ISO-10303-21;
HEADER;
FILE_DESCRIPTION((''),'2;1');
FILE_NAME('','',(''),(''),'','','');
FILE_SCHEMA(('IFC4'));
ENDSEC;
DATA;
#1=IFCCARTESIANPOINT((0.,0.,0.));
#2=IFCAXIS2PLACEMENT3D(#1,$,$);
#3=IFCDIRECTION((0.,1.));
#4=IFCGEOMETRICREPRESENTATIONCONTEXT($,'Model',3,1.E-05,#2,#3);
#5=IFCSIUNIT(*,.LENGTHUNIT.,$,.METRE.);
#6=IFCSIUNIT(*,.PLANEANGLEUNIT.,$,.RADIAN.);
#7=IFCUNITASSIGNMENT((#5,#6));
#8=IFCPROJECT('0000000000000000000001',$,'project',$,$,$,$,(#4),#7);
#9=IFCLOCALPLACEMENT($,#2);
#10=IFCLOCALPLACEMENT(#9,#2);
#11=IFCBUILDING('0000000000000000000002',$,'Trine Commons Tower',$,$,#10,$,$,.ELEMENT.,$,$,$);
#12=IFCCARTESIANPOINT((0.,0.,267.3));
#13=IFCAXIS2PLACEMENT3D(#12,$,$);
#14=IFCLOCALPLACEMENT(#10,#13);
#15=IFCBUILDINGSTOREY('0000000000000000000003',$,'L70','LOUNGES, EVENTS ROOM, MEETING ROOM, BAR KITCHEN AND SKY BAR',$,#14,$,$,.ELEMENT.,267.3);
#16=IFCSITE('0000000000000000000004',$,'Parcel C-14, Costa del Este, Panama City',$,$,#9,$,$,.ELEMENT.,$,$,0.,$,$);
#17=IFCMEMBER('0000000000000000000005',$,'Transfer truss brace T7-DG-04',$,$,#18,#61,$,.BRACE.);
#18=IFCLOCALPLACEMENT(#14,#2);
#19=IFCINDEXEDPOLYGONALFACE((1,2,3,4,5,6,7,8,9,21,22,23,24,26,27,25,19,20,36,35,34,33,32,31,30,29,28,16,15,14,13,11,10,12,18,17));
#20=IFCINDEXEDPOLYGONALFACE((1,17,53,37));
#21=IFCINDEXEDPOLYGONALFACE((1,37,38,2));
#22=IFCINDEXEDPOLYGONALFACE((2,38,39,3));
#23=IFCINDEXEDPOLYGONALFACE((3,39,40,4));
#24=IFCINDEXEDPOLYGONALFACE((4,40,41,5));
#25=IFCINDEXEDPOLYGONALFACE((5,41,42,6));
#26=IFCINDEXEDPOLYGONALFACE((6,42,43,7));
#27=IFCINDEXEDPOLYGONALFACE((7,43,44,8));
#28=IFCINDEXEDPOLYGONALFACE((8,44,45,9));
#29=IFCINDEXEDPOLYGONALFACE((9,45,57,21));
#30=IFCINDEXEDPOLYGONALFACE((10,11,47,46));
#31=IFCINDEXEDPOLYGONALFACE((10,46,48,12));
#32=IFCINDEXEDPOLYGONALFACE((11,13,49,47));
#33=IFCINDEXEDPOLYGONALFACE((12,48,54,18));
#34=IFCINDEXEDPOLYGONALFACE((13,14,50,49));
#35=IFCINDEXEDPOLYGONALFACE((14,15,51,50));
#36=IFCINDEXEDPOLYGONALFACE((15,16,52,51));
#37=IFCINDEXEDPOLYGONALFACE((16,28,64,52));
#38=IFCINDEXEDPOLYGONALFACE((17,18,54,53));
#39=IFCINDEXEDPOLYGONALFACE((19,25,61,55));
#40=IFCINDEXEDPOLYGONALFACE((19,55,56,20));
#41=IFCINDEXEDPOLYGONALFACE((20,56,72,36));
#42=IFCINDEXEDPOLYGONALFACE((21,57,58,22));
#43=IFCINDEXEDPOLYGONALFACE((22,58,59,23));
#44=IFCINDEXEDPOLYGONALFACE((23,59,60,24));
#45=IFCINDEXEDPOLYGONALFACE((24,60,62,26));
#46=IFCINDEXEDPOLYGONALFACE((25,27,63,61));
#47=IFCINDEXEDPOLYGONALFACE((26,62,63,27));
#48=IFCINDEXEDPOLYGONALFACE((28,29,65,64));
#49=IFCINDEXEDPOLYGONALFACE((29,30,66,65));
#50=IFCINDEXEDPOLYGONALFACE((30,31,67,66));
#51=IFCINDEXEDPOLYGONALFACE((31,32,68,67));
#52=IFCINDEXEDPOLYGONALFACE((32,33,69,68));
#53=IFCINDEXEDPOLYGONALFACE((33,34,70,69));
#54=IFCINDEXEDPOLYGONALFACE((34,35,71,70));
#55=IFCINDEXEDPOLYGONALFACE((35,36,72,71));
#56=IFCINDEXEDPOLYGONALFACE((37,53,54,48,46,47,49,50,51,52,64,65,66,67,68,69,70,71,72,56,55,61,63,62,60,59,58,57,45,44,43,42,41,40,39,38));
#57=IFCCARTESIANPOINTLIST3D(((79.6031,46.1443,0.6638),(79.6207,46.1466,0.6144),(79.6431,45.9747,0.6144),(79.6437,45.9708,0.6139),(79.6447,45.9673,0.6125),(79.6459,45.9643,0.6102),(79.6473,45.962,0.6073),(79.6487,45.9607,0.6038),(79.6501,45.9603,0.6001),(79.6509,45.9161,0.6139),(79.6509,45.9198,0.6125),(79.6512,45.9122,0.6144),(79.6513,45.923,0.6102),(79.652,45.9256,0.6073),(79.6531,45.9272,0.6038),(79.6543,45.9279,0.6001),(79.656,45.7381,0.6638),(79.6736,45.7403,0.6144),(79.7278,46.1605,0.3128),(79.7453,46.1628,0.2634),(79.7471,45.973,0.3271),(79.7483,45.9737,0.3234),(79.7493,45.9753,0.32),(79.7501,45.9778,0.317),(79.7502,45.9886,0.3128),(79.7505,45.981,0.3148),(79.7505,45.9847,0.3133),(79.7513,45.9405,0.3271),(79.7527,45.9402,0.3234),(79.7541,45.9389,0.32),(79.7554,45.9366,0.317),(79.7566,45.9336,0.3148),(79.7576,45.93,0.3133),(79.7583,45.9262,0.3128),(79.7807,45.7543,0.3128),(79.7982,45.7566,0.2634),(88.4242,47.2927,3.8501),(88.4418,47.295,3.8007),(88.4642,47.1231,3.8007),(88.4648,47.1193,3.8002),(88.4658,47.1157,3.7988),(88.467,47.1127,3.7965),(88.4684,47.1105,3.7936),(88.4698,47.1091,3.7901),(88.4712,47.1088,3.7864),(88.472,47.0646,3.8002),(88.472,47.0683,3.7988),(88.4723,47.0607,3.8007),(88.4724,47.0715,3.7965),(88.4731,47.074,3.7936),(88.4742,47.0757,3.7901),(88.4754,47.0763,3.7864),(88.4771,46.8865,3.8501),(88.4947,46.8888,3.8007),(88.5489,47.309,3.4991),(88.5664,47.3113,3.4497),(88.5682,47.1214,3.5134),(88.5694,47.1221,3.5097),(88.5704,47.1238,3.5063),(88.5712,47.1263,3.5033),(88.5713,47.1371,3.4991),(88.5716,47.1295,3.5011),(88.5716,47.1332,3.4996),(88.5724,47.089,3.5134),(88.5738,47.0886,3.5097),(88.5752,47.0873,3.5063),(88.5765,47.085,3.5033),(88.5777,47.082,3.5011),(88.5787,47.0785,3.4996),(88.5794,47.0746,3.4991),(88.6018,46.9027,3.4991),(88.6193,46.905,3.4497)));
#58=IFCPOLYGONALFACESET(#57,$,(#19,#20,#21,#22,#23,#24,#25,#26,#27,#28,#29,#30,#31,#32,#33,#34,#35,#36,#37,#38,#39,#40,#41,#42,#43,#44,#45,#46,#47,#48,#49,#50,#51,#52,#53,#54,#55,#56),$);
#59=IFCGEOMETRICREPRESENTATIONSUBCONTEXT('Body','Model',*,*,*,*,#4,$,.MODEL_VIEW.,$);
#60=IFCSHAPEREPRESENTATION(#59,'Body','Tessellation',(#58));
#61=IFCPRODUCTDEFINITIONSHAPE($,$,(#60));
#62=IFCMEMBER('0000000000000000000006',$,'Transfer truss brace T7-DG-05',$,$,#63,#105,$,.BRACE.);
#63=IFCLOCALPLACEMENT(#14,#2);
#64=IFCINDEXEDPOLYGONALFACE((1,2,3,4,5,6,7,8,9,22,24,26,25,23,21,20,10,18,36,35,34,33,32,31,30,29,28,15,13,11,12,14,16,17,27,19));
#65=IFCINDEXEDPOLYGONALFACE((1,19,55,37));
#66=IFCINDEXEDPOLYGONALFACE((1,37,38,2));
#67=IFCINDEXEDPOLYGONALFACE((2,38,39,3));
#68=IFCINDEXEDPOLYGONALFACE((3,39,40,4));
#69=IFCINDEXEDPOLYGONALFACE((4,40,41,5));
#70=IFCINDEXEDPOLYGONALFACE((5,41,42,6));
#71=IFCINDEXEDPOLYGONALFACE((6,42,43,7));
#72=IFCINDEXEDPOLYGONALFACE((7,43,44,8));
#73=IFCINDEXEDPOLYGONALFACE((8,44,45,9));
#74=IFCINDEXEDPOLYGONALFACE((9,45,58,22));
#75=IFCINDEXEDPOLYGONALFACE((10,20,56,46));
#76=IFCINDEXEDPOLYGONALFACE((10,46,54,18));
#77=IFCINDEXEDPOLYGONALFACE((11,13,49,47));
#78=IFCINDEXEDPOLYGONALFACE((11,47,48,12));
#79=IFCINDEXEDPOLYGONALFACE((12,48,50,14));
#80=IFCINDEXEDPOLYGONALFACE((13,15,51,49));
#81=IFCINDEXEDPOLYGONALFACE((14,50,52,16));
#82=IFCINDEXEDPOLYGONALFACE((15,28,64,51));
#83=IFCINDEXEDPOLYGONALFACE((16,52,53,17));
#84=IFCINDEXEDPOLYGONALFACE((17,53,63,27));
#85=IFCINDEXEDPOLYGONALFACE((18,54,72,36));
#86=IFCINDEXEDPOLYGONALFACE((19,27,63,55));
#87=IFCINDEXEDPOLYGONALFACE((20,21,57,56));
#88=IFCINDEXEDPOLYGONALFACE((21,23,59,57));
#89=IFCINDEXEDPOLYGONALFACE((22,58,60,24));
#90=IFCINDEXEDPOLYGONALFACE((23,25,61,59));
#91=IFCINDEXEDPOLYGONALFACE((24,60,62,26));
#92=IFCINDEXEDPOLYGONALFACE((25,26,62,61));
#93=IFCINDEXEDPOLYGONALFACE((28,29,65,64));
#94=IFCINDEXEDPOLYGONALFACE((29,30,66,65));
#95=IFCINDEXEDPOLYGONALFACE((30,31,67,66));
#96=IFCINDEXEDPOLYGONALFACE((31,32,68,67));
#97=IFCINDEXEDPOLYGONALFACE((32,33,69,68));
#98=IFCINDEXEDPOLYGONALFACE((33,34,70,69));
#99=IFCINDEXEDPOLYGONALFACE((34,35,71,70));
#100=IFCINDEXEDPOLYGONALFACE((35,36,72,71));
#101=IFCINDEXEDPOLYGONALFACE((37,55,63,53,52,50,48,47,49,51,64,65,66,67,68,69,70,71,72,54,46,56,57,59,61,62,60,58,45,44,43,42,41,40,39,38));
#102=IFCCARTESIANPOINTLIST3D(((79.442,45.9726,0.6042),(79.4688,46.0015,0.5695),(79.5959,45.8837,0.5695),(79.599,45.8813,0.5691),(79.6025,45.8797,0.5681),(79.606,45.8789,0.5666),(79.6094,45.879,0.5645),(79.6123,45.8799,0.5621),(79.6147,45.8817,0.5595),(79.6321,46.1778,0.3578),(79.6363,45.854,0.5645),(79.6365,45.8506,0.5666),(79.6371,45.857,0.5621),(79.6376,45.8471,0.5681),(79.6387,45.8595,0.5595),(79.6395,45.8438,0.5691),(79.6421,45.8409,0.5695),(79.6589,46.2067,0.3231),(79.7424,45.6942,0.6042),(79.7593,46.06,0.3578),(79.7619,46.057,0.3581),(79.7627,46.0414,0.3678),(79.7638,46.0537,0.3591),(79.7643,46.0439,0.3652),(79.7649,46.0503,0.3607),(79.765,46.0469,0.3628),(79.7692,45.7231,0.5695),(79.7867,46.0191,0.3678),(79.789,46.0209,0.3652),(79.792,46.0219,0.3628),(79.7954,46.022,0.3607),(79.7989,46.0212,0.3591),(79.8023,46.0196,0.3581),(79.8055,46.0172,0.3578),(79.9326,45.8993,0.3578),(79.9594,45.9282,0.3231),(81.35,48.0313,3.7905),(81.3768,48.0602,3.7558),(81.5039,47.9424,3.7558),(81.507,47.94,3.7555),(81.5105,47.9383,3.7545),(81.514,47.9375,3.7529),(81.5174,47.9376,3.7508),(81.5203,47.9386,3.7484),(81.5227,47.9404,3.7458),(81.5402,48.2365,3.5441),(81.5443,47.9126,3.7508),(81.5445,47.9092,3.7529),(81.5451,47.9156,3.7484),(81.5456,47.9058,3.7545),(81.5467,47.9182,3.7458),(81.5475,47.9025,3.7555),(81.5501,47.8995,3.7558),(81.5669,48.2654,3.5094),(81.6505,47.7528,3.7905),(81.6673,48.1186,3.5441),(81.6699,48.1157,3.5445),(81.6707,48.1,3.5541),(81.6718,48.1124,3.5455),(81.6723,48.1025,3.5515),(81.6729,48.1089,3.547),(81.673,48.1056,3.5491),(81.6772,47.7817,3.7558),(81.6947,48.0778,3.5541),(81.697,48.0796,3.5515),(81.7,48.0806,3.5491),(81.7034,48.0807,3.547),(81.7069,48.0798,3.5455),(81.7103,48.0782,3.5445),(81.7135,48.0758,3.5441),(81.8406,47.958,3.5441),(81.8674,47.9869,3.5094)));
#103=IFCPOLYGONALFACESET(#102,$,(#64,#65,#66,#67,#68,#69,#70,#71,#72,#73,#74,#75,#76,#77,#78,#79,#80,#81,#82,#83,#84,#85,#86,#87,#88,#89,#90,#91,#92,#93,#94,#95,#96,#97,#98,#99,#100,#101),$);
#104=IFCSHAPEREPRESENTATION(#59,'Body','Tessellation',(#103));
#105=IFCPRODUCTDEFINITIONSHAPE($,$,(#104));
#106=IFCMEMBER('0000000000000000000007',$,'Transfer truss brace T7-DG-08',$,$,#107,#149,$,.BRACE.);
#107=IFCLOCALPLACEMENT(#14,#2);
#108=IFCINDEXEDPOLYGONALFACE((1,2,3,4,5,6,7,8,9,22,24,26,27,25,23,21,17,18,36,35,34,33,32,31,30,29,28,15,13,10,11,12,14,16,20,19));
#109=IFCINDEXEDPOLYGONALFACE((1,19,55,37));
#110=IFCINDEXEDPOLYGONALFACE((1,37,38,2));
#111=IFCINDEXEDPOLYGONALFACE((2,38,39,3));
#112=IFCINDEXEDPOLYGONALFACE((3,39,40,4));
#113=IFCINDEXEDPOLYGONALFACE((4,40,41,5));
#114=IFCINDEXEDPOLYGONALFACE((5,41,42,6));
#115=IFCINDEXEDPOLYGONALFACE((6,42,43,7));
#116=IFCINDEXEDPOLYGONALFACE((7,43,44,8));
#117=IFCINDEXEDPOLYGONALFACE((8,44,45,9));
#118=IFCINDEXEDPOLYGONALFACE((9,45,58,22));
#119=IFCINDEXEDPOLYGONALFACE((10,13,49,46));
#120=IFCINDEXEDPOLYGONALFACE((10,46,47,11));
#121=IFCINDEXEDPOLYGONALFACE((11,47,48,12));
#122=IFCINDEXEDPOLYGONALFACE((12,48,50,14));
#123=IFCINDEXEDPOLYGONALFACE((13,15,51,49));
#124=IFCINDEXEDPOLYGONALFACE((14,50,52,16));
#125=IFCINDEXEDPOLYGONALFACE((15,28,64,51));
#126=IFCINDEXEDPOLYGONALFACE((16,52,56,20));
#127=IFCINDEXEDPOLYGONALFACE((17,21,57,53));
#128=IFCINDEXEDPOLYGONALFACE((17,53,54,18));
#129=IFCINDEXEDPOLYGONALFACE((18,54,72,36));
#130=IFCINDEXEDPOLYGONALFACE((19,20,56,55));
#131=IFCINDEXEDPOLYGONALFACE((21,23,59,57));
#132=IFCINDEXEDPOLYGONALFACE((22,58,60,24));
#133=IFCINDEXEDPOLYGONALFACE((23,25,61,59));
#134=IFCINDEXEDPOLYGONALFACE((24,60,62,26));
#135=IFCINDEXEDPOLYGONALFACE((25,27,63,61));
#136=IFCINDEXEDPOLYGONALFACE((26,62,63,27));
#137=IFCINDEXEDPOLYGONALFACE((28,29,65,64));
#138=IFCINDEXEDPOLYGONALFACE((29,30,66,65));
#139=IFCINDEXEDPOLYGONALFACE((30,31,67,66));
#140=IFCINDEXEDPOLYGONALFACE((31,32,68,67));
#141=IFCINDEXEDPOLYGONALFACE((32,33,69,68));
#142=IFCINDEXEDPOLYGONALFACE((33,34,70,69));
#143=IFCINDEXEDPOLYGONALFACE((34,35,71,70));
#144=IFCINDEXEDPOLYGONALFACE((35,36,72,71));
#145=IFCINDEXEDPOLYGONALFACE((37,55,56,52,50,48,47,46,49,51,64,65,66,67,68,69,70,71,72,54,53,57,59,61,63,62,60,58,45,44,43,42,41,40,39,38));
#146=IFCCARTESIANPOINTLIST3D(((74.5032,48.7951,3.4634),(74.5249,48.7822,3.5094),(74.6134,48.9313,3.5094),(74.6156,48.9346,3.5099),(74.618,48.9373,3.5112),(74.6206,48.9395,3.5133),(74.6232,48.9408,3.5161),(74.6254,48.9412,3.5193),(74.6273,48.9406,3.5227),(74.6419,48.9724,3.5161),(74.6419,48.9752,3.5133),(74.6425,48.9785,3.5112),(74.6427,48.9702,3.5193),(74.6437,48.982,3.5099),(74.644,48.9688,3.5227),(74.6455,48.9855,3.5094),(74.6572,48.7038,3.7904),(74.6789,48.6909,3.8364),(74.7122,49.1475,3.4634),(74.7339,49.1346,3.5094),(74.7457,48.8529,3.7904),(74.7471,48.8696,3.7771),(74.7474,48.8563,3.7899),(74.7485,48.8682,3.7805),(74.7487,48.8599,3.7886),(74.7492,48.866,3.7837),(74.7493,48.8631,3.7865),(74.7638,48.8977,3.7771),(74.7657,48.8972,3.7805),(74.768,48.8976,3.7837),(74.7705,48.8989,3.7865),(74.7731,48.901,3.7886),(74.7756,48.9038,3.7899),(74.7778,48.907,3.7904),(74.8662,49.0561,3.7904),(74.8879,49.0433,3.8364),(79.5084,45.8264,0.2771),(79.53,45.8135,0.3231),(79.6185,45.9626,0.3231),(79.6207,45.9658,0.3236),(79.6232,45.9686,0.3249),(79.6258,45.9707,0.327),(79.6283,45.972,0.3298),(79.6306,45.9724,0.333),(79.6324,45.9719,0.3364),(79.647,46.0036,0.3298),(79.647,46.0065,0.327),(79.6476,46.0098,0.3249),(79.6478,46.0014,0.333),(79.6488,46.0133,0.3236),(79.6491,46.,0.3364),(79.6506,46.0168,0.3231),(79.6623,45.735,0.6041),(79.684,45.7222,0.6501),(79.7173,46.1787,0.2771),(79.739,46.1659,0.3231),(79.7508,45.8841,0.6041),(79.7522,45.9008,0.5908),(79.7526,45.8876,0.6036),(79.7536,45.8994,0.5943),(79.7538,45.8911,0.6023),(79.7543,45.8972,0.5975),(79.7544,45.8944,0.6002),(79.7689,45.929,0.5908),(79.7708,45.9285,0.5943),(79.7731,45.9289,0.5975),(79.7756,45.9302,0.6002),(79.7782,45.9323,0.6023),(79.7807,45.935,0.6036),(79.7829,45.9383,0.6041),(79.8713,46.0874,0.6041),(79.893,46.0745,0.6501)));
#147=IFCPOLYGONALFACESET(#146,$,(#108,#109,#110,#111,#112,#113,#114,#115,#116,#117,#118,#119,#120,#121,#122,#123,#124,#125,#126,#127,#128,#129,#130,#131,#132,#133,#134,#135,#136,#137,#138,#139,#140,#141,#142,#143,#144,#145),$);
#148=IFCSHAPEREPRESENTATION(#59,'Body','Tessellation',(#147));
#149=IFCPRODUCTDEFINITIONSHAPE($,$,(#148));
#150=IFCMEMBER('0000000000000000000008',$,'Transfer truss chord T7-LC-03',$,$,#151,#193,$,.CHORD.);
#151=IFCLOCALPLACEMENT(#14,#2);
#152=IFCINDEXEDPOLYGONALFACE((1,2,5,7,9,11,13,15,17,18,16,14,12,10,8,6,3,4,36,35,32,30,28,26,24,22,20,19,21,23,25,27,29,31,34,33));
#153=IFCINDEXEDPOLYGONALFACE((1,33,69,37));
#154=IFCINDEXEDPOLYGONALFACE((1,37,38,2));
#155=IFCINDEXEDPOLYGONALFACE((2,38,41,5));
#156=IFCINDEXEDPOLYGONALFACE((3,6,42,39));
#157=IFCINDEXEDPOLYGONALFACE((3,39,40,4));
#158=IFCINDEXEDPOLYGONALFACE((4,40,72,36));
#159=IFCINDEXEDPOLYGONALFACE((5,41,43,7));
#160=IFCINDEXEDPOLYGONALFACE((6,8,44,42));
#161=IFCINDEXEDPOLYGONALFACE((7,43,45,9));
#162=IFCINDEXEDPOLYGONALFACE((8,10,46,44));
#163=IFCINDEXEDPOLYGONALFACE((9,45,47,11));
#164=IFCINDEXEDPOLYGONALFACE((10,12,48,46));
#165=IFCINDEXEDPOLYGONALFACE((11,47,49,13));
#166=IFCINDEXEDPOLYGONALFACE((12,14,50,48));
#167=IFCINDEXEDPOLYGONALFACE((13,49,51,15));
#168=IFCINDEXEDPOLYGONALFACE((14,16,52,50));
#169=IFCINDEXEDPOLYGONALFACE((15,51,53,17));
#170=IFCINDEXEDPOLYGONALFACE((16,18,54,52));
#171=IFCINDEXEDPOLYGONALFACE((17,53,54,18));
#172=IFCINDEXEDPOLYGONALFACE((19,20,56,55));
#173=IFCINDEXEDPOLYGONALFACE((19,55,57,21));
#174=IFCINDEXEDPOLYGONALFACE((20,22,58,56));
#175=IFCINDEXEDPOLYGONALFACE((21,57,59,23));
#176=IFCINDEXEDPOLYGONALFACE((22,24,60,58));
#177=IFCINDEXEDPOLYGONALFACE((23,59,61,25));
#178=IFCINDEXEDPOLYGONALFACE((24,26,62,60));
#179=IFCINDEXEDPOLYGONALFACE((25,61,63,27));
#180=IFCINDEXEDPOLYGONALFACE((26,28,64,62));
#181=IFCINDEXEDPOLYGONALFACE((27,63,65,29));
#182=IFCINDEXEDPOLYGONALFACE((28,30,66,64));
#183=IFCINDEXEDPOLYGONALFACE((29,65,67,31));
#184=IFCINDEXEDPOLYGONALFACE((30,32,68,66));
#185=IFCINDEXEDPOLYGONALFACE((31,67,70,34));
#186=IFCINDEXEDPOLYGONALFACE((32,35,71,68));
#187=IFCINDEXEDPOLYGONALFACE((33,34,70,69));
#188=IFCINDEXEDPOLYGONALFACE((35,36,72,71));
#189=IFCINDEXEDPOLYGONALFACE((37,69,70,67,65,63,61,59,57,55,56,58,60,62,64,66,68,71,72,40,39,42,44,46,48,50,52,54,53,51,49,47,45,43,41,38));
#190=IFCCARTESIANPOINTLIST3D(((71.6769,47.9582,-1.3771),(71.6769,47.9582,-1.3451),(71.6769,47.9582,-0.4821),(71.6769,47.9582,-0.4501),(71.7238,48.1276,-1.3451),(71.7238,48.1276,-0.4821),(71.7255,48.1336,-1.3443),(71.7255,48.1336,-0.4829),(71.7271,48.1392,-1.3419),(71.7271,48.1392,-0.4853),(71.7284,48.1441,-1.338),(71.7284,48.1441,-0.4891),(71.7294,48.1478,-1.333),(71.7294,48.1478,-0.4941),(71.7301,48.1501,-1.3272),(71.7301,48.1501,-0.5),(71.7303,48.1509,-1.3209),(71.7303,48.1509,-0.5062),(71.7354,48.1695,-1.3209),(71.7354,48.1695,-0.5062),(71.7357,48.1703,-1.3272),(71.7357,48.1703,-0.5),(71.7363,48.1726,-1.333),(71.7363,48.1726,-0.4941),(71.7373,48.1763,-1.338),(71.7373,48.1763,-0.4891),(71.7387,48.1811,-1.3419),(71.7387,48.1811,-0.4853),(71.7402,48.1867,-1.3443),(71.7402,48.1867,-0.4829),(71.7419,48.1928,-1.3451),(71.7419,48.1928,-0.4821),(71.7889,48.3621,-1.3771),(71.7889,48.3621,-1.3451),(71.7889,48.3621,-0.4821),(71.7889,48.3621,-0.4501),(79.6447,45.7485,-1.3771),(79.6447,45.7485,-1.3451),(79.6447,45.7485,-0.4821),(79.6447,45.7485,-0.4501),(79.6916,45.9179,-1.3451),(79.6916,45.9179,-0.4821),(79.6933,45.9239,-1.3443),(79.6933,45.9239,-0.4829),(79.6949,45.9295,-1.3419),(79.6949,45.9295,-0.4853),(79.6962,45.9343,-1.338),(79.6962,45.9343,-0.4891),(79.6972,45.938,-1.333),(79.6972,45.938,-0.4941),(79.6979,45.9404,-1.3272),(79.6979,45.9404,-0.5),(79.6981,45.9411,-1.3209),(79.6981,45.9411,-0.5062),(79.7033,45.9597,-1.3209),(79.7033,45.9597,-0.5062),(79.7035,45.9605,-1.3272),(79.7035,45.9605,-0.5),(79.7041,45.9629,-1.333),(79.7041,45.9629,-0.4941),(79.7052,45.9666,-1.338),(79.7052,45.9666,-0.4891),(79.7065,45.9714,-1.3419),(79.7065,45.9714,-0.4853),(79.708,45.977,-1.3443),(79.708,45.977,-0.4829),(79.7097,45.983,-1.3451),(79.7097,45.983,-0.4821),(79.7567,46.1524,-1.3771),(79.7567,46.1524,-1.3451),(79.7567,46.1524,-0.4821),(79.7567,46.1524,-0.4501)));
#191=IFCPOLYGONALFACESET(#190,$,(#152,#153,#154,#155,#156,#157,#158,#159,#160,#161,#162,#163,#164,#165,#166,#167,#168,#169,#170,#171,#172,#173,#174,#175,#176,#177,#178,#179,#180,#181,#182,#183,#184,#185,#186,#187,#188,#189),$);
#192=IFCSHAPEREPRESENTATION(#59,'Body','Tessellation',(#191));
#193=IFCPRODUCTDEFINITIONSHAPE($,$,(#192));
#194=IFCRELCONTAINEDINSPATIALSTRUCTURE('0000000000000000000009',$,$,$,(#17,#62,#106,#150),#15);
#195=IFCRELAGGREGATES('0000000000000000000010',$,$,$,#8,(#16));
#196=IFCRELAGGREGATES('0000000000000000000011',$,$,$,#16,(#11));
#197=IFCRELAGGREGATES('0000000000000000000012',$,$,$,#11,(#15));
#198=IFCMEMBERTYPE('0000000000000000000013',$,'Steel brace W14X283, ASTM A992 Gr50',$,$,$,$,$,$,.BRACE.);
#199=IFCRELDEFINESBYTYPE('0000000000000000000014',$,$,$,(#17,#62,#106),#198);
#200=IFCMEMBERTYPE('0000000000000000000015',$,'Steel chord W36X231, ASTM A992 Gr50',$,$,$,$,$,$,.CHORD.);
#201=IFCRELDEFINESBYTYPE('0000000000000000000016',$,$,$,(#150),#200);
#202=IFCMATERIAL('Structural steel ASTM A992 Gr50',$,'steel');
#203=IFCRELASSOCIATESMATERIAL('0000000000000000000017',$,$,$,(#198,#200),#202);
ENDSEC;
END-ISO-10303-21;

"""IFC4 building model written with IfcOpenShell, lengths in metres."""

from ifc_helpers import new_model, si_unit, direction, frame, origin, origin_2d, place, context, subcontext, project, spatial, i_section, extrude, material, material_profile, profile_set, type_object, element, save


model = new_model("IFC4")

# Units and contexts
model_context = context("Model", 3, precision=1e-05, world=origin(), true_north=direction((0.0, 1.0)))
body_context = subcontext(model_context, "Body", "Model", "MODEL_VIEW")
ifc_project = project(units=[si_unit("LENGTHUNIT", "METRE"), si_unit("PLANEANGLEUNIT", "RADIAN")], contexts=[model_context])

# Site, building, storey
site_placement = place(None, origin())
site = spatial("IfcSite", under=ifc_project, at=site_placement, Name="Parcel C-14, Costa del Este, Panama City", CompositionType="ELEMENT", RefElevation=0.0)
building_placement = place(site_placement, origin())
building = spatial("IfcBuilding", under=site, at=building_placement, Name="Trine Commons Tower", CompositionType="ELEMENT")
storey_placement = place(building_placement, frame((0.0, 0.0, 267.3)))
storey = spatial("IfcBuildingStorey", under=building, at=storey_placement, Name="L70", Description="LOUNGES, EVENTS ROOM, MEETING ROOM, BAR KITCHEN AND SKY BAR", CompositionType="ELEMENT", Elevation=267.3)

# Members
ifc_material_1 = material(Name="Structural steel ASTM A992 Gr50", Category="steel")
ifc_material_profile_1 = material_profile(ifc_material_1, i_section(OverallWidth=0.4097, OverallDepth=0.4253, WebThickness=0.0327, FlangeThickness=0.0525, FilletRadius=0.0151, at=origin_2d()), Name="W14X283")
ifc_profile_set_1 = profile_set([ifc_material_profile_1], Name="Structural steel ASTM A992 Gr50")
member_type_1 = type_object("IfcMemberType", Name="Steel brace W14X283, ASTM A992 Gr50", PredefinedType="BRACE", material=ifc_profile_set_1)
member_1_placement = place(storey_placement, frame((79.7007, 45.9504, 0.4636), z_axis=(0.93355, 0.121542, 0.337211), x_axis=(-0.129103, 0.991631, 0.0)))
element("IfcMember", 1, at=member_1_placement, inside=storey, type_object=member_type_1, Name="Transfer truss brace T7-DG-04", PredefinedType="BRACE", context=body_context, shape_type="SweptSolid", body=[
    extrude(i_section(OverallWidth=0.4097, OverallDepth=0.4253, WebThickness=0.0327, FlangeThickness=0.0525, FilletRadius=0.0151, at=origin_2d()), origin(), (0.0, 0.0, 1.0), 9.449),
])
member_2_placement = place(storey_placement, frame((79.7007, 45.9504, 0.4636), z_axis=(0.44933, 0.484805, 0.750378), x_axis=(-0.733431, 0.679764, 0.0)))
element("IfcMember", 2, at=member_2_placement, inside=storey, type_object=member_type_1, Name="Transfer truss brace T7-DG-05", PredefinedType="BRACE", context=body_context, shape_type="SweptSolid", body=[
    extrude(i_section(OverallWidth=0.4097, OverallDepth=0.4253, WebThickness=0.0327, FlangeThickness=0.0525, FilletRadius=0.0151, at=origin_2d()), origin(), (0.0, 0.0, 1.0), 4.2463),
])
member_3_placement = place(storey_placement, frame((79.7007, 45.9504, 0.4636), z_axis=(-0.754404, 0.447469, 0.480256), x_axis=(-0.510152, -0.860084, 0.0)))
element("IfcMember", 3, at=member_3_placement, inside=storey, type_object=member_type_1, Name="Transfer truss brace T7-DG-08", PredefinedType="BRACE", context=body_context, shape_type="SweptSolid", body=[
    extrude(i_section(OverallWidth=0.4097, OverallDepth=0.4253, WebThickness=0.0327, FlangeThickness=0.0525, FilletRadius=0.0151, at=origin_2d()), origin(), (0.0, 0.0, 1.0), 6.6345),
])
ifc_material_profile_2 = material_profile(ifc_material_1, i_section(OverallWidth=0.4192, OverallDepth=0.927, WebThickness=0.0193, FlangeThickness=0.032, FilletRadius=0.0242, at=origin_2d()), Name="W36X231")
ifc_profile_set_2 = profile_set([ifc_material_profile_2], Name="Structural steel ASTM A992 Gr50")
member_type_2 = type_object("IfcMemberType", Name="Steel chord W36X231, ASTM A992 Gr50", PredefinedType="CHORD", material=ifc_profile_set_2)
member_4_placement = place(storey_placement, frame((79.7007, 45.9504, -0.9136), z_axis=(-0.963629, 0.267245, 0.0), x_axis=(-0.267245, -0.963629, 0.0)))
element("IfcMember", 4, at=member_4_placement, inside=storey, type_object=member_type_2, Name="Transfer truss chord T7-LC-03", PredefinedType="CHORD", context=body_context, shape_type="SweptSolid", body=[
    extrude(i_section(OverallWidth=0.4192, OverallDepth=0.927, WebThickness=0.0193, FlangeThickness=0.032, FilletRadius=0.0242, at=origin_2d()), origin(), (0.0, 0.0, 1.0), 8.2686),
])

save(model, "model.ifc")
